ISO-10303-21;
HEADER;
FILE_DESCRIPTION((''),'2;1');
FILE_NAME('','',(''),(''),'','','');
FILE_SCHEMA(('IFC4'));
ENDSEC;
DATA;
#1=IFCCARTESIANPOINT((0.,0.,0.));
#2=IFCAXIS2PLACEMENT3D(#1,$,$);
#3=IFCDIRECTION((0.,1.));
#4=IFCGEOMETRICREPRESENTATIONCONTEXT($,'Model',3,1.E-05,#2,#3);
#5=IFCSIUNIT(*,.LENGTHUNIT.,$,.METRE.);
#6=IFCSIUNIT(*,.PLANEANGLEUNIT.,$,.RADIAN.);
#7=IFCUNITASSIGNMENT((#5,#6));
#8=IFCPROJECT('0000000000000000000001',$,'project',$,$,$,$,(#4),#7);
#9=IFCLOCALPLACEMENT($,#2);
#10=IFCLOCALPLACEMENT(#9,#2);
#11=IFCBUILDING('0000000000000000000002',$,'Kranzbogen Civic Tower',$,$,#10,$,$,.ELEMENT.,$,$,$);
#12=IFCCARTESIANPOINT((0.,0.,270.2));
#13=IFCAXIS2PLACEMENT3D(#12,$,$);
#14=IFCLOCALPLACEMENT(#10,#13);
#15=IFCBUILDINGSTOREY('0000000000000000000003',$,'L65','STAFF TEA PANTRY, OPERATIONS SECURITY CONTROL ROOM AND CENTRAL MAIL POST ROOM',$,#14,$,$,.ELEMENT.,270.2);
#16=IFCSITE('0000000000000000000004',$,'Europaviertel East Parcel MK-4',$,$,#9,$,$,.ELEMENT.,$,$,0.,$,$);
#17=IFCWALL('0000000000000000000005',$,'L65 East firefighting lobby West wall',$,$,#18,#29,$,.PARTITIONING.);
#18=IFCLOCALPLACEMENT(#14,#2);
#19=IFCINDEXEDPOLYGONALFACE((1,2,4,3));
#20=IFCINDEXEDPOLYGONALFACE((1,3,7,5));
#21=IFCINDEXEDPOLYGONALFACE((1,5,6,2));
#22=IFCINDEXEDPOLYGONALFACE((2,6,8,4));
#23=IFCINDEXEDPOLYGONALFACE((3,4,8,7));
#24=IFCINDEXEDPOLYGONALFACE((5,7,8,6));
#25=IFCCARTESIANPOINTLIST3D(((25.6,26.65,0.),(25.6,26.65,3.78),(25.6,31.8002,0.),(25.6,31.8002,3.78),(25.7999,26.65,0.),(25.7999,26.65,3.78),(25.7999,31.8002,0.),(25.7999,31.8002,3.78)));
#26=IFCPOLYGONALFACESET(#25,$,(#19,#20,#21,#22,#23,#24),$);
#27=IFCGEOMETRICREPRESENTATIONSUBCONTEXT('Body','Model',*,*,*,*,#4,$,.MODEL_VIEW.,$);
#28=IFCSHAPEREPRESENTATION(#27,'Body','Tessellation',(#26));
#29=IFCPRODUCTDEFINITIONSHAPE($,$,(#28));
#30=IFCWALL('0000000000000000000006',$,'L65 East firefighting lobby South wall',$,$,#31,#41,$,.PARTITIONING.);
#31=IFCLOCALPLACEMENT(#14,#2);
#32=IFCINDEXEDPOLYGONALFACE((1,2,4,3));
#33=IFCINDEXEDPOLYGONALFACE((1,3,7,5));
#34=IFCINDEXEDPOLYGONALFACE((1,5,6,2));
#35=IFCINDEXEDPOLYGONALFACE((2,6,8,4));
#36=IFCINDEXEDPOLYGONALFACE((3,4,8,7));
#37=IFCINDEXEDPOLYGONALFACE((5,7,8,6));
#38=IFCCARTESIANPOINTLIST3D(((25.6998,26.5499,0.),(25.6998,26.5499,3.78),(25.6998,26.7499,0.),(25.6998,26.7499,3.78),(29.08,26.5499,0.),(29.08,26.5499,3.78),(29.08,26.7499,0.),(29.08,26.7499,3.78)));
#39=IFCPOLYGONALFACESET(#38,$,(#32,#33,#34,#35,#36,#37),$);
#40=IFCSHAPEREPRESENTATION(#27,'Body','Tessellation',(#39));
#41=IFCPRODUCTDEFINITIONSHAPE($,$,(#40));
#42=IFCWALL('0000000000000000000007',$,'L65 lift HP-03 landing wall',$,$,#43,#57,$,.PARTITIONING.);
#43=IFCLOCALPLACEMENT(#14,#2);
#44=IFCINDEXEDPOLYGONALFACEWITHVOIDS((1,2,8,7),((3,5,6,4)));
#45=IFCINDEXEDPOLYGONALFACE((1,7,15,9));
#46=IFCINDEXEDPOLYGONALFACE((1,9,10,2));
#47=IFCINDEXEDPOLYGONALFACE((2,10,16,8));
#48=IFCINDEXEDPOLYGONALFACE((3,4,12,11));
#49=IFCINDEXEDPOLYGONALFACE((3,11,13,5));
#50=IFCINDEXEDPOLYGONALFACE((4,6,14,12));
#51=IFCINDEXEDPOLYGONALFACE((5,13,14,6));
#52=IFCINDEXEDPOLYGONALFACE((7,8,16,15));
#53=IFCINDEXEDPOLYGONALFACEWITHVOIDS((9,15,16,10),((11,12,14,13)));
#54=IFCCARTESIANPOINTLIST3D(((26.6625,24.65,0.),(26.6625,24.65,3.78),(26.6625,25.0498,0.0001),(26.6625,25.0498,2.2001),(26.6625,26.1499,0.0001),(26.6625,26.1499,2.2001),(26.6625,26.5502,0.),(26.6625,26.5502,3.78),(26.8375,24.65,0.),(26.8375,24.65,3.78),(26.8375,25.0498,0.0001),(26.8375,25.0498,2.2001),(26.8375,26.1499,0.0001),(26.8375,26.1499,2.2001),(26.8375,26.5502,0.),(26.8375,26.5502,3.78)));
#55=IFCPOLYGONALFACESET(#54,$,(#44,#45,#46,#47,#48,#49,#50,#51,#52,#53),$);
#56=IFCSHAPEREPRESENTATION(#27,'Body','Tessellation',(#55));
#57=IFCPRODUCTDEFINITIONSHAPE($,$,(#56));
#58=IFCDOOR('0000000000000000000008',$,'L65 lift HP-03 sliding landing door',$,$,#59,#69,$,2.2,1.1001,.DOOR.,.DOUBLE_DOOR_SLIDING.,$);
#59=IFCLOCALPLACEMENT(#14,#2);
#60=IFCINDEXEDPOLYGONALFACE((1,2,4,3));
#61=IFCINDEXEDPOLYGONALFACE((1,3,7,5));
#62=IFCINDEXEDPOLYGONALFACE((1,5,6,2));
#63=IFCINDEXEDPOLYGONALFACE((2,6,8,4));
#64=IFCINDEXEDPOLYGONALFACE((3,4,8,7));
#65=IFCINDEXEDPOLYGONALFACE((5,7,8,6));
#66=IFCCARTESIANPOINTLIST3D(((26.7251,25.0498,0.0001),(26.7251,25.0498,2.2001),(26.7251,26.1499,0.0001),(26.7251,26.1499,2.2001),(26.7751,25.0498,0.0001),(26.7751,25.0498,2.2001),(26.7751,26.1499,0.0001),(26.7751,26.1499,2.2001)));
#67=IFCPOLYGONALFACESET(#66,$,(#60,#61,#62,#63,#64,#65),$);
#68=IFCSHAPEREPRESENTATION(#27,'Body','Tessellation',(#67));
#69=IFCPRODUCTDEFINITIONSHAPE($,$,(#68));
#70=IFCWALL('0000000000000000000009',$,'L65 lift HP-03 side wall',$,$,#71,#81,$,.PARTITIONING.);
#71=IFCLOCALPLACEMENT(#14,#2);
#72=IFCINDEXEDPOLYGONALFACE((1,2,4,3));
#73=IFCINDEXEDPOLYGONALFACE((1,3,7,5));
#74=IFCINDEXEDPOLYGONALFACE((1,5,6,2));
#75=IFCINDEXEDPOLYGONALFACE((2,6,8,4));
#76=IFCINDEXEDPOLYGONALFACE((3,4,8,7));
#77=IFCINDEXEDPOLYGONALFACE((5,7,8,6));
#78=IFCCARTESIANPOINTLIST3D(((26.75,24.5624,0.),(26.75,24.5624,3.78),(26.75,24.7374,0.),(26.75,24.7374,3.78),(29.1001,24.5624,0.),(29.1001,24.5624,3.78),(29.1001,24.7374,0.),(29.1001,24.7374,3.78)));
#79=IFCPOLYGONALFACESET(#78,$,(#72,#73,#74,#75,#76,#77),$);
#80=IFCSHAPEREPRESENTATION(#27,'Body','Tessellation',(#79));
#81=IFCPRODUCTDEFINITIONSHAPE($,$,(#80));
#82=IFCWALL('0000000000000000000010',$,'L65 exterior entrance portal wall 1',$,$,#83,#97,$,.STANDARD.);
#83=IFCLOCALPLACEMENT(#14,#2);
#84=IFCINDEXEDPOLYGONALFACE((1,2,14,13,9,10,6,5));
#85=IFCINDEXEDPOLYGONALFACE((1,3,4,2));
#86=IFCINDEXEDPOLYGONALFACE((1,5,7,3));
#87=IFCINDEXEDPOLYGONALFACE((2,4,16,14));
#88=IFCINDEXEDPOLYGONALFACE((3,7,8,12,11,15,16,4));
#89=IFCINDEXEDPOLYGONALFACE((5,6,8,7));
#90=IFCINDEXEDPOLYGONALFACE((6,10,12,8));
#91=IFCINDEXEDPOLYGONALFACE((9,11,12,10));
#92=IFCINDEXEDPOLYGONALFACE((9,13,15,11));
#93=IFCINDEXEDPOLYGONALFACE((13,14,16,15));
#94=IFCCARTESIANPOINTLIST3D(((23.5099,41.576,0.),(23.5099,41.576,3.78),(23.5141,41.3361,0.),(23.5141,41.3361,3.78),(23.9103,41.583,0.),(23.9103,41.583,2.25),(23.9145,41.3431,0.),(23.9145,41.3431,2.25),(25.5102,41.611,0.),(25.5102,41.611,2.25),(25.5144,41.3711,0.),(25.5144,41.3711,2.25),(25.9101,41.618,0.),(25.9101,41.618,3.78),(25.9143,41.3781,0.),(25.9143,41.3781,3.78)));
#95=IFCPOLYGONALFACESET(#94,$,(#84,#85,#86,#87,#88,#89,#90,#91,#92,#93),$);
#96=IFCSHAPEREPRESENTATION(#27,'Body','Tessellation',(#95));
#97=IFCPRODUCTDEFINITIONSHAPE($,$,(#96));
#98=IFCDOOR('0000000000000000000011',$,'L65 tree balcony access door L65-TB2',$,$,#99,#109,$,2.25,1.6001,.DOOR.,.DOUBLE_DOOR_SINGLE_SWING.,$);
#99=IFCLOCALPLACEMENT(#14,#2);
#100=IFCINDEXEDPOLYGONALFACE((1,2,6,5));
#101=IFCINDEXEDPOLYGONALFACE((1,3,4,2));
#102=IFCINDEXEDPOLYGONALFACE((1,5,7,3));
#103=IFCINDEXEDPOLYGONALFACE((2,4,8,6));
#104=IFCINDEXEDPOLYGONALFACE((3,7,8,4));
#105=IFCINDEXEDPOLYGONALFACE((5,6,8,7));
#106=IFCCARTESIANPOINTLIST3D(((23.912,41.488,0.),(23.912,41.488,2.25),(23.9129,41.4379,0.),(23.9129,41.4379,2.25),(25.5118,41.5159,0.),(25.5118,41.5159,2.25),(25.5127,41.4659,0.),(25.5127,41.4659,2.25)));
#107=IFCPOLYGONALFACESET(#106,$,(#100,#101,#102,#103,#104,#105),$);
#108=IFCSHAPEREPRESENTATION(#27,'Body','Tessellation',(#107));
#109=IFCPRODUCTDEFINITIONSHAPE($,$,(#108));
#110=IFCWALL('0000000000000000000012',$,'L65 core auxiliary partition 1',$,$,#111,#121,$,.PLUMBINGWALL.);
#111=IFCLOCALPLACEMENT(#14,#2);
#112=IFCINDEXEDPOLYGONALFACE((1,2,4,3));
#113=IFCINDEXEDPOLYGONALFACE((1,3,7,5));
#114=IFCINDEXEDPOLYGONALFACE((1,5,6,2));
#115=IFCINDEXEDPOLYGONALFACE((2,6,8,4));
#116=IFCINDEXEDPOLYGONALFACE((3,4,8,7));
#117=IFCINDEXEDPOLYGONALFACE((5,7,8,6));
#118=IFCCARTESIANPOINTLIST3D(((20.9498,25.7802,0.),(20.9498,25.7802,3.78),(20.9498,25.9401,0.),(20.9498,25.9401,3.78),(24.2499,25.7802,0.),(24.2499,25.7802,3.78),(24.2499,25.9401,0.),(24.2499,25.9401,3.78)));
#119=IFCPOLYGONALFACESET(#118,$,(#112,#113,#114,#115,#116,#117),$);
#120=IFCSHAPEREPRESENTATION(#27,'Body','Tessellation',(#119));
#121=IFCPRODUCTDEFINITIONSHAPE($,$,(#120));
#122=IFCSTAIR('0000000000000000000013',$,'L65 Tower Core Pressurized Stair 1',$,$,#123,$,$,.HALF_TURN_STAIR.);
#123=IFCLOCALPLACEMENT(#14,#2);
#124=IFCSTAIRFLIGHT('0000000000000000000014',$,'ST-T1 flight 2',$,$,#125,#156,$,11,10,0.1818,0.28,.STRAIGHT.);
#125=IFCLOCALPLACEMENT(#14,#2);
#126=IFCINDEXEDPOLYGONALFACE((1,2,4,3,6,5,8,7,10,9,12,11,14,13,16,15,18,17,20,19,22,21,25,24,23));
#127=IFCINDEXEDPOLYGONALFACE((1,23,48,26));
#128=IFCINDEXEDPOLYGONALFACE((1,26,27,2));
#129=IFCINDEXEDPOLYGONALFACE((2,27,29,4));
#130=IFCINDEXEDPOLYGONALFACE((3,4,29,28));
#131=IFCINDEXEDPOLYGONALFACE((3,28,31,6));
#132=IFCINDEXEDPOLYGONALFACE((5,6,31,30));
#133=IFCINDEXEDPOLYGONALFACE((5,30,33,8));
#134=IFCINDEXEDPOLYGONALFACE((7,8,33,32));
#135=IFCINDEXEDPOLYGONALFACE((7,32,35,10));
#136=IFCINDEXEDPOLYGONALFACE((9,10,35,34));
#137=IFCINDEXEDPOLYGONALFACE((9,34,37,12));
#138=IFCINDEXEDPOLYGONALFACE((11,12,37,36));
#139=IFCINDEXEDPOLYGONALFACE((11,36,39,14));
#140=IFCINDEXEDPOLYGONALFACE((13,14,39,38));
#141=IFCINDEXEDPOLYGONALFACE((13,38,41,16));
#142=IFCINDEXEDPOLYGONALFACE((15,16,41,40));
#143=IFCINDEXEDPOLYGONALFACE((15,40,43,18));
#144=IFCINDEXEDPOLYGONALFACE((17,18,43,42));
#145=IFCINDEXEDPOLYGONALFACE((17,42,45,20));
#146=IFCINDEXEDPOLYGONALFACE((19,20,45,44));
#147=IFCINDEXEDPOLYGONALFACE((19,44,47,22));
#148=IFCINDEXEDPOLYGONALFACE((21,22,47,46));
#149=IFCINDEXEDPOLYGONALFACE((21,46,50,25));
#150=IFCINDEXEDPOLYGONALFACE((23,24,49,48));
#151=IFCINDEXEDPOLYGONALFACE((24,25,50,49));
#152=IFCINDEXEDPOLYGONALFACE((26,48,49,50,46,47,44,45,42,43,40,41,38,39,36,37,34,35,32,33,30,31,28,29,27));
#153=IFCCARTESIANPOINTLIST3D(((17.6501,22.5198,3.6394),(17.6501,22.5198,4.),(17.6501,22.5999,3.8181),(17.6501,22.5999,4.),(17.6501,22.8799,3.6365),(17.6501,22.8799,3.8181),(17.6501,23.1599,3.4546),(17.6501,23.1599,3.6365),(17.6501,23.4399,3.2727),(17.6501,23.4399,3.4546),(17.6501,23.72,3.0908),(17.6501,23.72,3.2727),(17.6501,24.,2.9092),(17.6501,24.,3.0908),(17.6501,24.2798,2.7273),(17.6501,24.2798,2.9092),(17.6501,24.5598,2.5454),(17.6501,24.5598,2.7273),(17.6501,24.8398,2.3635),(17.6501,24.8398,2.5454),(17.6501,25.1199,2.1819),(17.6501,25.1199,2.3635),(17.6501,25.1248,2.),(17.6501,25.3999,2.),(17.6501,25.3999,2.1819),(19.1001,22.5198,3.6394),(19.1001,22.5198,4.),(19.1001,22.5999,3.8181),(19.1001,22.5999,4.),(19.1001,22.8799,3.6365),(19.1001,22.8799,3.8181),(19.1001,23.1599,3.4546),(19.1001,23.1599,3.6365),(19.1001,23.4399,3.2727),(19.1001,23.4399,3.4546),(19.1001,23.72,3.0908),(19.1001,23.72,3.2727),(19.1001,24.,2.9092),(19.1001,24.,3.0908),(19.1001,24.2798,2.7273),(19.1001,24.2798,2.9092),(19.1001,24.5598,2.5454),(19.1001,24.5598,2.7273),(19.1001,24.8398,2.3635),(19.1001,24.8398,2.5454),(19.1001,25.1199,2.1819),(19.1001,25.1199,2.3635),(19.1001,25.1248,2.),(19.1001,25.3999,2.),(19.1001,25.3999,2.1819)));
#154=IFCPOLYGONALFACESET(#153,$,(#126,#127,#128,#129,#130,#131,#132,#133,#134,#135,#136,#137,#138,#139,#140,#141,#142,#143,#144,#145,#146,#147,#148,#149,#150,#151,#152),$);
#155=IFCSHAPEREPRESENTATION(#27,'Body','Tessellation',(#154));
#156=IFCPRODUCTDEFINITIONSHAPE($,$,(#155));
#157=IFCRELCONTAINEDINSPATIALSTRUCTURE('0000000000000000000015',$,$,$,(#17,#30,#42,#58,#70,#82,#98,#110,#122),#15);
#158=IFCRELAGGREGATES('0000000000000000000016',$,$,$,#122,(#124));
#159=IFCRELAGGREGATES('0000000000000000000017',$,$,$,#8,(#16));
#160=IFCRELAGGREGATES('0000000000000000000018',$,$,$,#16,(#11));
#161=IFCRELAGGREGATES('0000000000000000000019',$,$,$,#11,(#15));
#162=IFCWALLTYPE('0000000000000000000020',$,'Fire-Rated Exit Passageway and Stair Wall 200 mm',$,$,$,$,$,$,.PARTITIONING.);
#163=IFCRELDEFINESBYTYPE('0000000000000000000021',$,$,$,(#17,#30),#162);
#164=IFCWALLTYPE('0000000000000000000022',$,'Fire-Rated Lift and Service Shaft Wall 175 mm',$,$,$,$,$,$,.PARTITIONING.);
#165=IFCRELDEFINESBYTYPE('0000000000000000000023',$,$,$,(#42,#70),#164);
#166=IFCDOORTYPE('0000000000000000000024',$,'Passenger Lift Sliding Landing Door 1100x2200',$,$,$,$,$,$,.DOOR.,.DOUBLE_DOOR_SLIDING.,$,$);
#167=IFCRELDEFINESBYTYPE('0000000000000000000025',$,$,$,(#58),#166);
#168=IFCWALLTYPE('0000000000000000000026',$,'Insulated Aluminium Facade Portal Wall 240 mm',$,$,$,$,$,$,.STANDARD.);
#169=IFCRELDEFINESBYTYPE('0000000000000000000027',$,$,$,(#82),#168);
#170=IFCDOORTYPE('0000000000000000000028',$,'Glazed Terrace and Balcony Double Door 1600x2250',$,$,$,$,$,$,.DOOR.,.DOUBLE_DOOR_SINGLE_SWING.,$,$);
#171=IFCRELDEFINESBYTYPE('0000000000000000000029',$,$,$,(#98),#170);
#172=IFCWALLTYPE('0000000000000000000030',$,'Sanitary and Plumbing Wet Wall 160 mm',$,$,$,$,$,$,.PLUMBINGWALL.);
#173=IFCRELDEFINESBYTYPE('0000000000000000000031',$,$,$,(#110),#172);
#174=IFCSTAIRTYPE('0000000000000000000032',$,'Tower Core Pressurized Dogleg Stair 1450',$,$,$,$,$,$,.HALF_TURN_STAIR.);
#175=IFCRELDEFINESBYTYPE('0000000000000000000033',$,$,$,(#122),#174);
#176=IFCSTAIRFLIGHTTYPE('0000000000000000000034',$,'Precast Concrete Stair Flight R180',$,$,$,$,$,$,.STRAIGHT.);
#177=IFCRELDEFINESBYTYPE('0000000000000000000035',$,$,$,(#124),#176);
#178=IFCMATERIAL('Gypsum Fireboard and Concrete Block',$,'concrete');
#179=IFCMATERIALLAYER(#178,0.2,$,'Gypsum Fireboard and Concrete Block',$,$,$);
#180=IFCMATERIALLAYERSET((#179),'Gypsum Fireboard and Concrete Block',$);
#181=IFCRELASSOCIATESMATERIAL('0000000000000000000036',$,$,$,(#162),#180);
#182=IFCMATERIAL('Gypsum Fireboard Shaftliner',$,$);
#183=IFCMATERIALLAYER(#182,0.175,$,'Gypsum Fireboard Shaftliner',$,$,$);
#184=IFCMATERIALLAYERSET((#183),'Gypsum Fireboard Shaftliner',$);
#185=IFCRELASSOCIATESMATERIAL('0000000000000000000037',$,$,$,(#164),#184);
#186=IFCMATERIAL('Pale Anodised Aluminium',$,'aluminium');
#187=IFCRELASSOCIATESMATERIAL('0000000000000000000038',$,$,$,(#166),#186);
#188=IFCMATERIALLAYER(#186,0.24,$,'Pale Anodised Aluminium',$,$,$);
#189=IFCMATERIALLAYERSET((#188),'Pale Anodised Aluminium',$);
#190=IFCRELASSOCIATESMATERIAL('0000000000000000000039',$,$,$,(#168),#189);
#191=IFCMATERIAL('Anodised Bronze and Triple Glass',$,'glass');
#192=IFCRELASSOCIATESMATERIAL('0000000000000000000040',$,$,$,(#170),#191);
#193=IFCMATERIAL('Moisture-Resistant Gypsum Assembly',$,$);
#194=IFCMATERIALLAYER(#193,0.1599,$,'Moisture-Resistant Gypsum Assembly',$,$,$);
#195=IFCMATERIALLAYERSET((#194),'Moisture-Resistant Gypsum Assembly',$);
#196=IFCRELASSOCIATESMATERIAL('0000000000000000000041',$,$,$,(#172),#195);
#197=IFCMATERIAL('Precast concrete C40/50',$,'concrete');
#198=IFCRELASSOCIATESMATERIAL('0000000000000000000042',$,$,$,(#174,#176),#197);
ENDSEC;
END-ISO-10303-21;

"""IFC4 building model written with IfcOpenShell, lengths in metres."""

from ifc_helpers import new_model, si_unit, direction, frame, frame_2d, origin, place, context, subcontext, project, spatial, polyline, rectangle, outline, extrude, material, layer, layer_set, type_object, element, fill, aggregate, save


model = new_model("IFC4")

# Units and contexts
model_context = context("Model", 3, precision=1e-05, world=origin(), true_north=direction((0.0, 1.0)))
body_context = subcontext(model_context, "Body", "Model", "MODEL_VIEW")
ifc_project = project(units=[si_unit("LENGTHUNIT", "METRE"), si_unit("PLANEANGLEUNIT", "RADIAN")], contexts=[model_context])

# Site, building, storey
site_placement = place(None, origin())
site = spatial("IfcSite", under=ifc_project, at=site_placement, Name="Europaviertel East Parcel MK-4", CompositionType="ELEMENT", RefElevation=0.0)
building_placement = place(site_placement, origin())
building = spatial("IfcBuilding", under=site, at=building_placement, Name="Kranzbogen Civic Tower", CompositionType="ELEMENT")
storey_placement = place(building_placement, frame((0.0, 0.0, 270.2)))
storey = spatial("IfcBuildingStorey", under=building, at=storey_placement, Name="L65", Description="STAFF TEA PANTRY, OPERATIONS SECURITY CONTROL ROOM AND CENTRAL MAIL POST ROOM", CompositionType="ELEMENT", Elevation=270.2)

# Shared definitions
ifc_material_1 = material(Name="Pale Anodised Aluminium", Category="aluminium")

# Walls
ifc_material_2 = material(Name="Gypsum Fireboard and Concrete Block", Category="concrete")
ifc_layer_1 = layer(ifc_material_2, 0.2, Name="Gypsum Fireboard and Concrete Block")
ifc_layer_set_1 = layer_set([ifc_layer_1], Name="Gypsum Fireboard and Concrete Block")
wall_type_1 = type_object("IfcWallType", Name="Fire-Rated Exit Passageway and Stair Wall 200 mm", PredefinedType="PARTITIONING", material=ifc_layer_set_1)
wall_1_placement = place(storey_placement, frame((25.7, 26.6499, 0.0), z_axis=(0.0, 0.0, 1.0), x_axis=(0.0, 1.0, 0.0)))
element("IfcWall", 1, at=wall_1_placement, inside=storey, type_object=wall_type_1, Name="L65 East firefighting lobby West wall", PredefinedType="PARTITIONING", context=body_context, shape_type="SweptSolid", body=[
    extrude(rectangle(XDim=5.1501, YDim=0.2, at=frame_2d((2.5752, 0.0))), origin(), (0.0, 0.0, 1.0), 3.78),
])
wall_2_placement = place(storey_placement, frame((25.7, 26.6499, 0.0), z_axis=(0.0, 0.0, 1.0), x_axis=(1.0, 0.0, 0.0)))
element("IfcWall", 2, at=wall_2_placement, inside=storey, type_object=wall_type_1, Name="L65 East firefighting lobby South wall", PredefinedType="PARTITIONING", context=body_context, shape_type="SweptSolid", body=[
    extrude(rectangle(XDim=3.3801, YDim=0.2, at=frame_2d((1.6899, 0.0))), origin(), (0.0, 0.0, 1.0), 3.78),
])

# Wall, opening, door
ifc_material_3 = material(Name="Gypsum Fireboard Shaftliner")
ifc_layer_2 = layer(ifc_material_3, 0.175, Name="Gypsum Fireboard Shaftliner")
ifc_layer_set_2 = layer_set([ifc_layer_2], Name="Gypsum Fireboard Shaftliner")
wall_type_2 = type_object("IfcWallType", Name="Fire-Rated Lift and Service Shaft Wall 175 mm", PredefinedType="PARTITIONING", material=ifc_layer_set_2)
wall_3_placement = place(storey_placement, frame((26.75, 24.6499, 0.0), z_axis=(0.0, 0.0, 1.0), x_axis=(0.0, 1.0, 0.0)))
wall_3 = element("IfcWall", 3, at=wall_3_placement, inside=storey, type_object=wall_type_2, Name="L65 lift HP-03 landing wall", PredefinedType="PARTITIONING", context=body_context, shape_type="SweptSolid", body=[
    extrude(rectangle(XDim=1.9001, YDim=0.175, at=frame_2d((0.9502, 0.0))), origin(), (0.0, 0.0, 1.0), 3.78),
])
opening_1_placement = place(wall_3_placement, frame((0.3999, 0.0, 0.0)))
opening_1 = element("IfcOpeningElement", 4, at=opening_1_placement, cuts=wall_3, PredefinedType="OPENING", context=body_context, shape_type="SweptSolid", body=[
    extrude(rectangle(XDim=1.1001, YDim=2.2, at=frame_2d((0.55, 1.1001))), frame((0.0, 0.0977, 0.0), z_axis=(0.0, -1.0, 0.0), x_axis=(1.0, 0.0, 0.0)), (0.0, 0.0, 1.0), 0.1951),
])
door_type_1 = type_object("IfcDoorType", Name="Passenger Lift Sliding Landing Door 1100x2200", OperationType="DOUBLE_DOOR_SLIDING", PredefinedType="DOOR", material=ifc_material_1)
door_1_placement = place(opening_1_placement, origin())
door_1 = element("IfcDoor", 5, at=door_1_placement, inside=storey, type_object=door_type_1, Name="L65 lift HP-03 sliding landing door", OperationType="DOUBLE_DOOR_SLIDING", OverallHeight=2.2, OverallWidth=1.1001, PredefinedType="DOOR", context=body_context, shape_type="SweptSolid", body=[
    extrude(rectangle(XDim=1.1001, YDim=2.2, at=frame_2d((0.55, 1.1001))), frame((0.0, 0.0249, 0.0), z_axis=(0.0, -1.0, 0.0), x_axis=(1.0, 0.0, 0.0)), (0.0, 0.0, 1.0), 0.05),
])
fill(opening_1, door_1)

# Wall
wall_4_placement = place(storey_placement, frame((26.75, 24.6499, 0.0), z_axis=(0.0, 0.0, 1.0), x_axis=(1.0, 0.0, 0.0)))
element("IfcWall", 6, at=wall_4_placement, inside=storey, type_object=wall_type_2, Name="L65 lift HP-03 side wall", PredefinedType="PARTITIONING", context=body_context, shape_type="SweptSolid", body=[
    extrude(rectangle(XDim=2.3501, YDim=0.175, at=frame_2d((1.175, 0.0))), origin(), (0.0, 0.0, 1.0), 3.78),
])

# Wall, opening, door
ifc_layer_3 = layer(ifc_material_1, 0.24, Name="Pale Anodised Aluminium")
ifc_layer_set_3 = layer_set([ifc_layer_3], Name="Pale Anodised Aluminium")
wall_type_3 = type_object("IfcWallType", Name="Insulated Aluminium Facade Portal Wall 240 mm", PredefinedType="STANDARD", material=ifc_layer_set_3)
wall_5_placement = place(storey_placement, frame((25.9121, 41.498, 0.0), z_axis=(0.0, 0.0, 1.0), x_axis=(-0.999847, -0.017493, 0.0)))
wall_5 = element("IfcWall", 7, at=wall_5_placement, inside=storey, type_object=wall_type_3, Name="L65 exterior entrance portal wall 1", PredefinedType="STANDARD", context=body_context, shape_type="SweptSolid", body=[
    extrude(rectangle(XDim=2.4006, YDim=0.24, at=frame_2d((1.2002, 0.0))), origin(), (0.0, 0.0, 1.0), 3.78),
])
opening_2_placement = place(wall_5_placement, frame((0.3999, 0.0, 0.0)))
opening_2 = element("IfcOpeningElement", 8, at=opening_2_placement, cuts=wall_5, PredefinedType="OPENING", context=body_context, shape_type="SweptSolid", body=[
    extrude(rectangle(XDim=1.6001, YDim=2.25, at=frame_2d((0.8, 1.125))), frame((0.0, 0.1299, 0.0), z_axis=(0.0, -1.0, 0.0), x_axis=(1.0, 0.0, 0.0)), (0.0, 0.0, 1.0), 0.26),
])
ifc_material_4 = material(Name="Anodised Bronze and Triple Glass", Category="glass")
door_type_2 = type_object("IfcDoorType", Name="Glazed Terrace and Balcony Double Door 1600x2250", OperationType="DOUBLE_DOOR_SINGLE_SWING", PredefinedType="DOOR", material=ifc_material_4)
door_2_placement = place(opening_2_placement, frame((1.6001, 0.0, 0.0), z_axis=(0.0, 0.0, 1.0), x_axis=(-1.0, 0.0, 0.0)))
door_2 = element("IfcDoor", 9, at=door_2_placement, inside=storey, type_object=door_type_2, Name="L65 tree balcony access door L65-TB2", OperationType="DOUBLE_DOOR_SINGLE_SWING", OverallHeight=2.25, OverallWidth=1.6001, PredefinedType="DOOR", context=body_context, shape_type="SweptSolid", body=[
    extrude(rectangle(XDim=1.6001, YDim=2.25, at=frame_2d((0.8, 1.125))), frame((0.0, 0.0249, 0.0), z_axis=(0.0, -1.0, 0.0), x_axis=(1.0, 0.0, 0.0)), (0.0, 0.0, 1.0), 0.05),
])
fill(opening_2, door_2)

# Wall
ifc_material_5 = material(Name="Moisture-Resistant Gypsum Assembly")
ifc_layer_4 = layer(ifc_material_5, 0.1599, Name="Moisture-Resistant Gypsum Assembly")
ifc_layer_set_4 = layer_set([ifc_layer_4], Name="Moisture-Resistant Gypsum Assembly")
wall_type_4 = type_object("IfcWallType", Name="Sanitary and Plumbing Wet Wall 160 mm", PredefinedType="PLUMBINGWALL", material=ifc_layer_set_4)
wall_6_placement = place(storey_placement, frame((20.95, 25.8601, 0.0), z_axis=(0.0, 0.0, 1.0), x_axis=(1.0, 0.0, 0.0)))
element("IfcWall", 10, at=wall_6_placement, inside=storey, type_object=wall_type_4, Name="L65 core auxiliary partition 1", PredefinedType="PLUMBINGWALL", context=body_context, shape_type="SweptSolid", body=[
    extrude(rectangle(XDim=3.3, YDim=0.1599, at=frame_2d((1.6499, 0.0))), origin(), (0.0, 0.0, 1.0), 3.78),
])

# Stair, stair flight
ifc_material_6 = material(Name="Precast concrete C40/50", Category="concrete")
stair_type = type_object("IfcStairType", Name="Tower Core Pressurized Dogleg Stair 1450", PredefinedType="HALF_TURN_STAIR", material=ifc_material_6)
stair_placement = place(storey_placement, origin())
stair = element("IfcStair", 11, at=stair_placement, inside=storey, type_object=stair_type, Name="L65 Tower Core Pressurized Stair 1", PredefinedType="HALF_TURN_STAIR")
stair_flight_type = type_object("IfcStairFlightType", Name="Precast Concrete Stair Flight R180", PredefinedType="STRAIGHT", material=ifc_material_6)
stair_flight_placement = place(storey_placement, frame((18.375, 25.3999, 2.0), z_axis=(0.0, 0.0, 1.0), x_axis=(0.0, -1.0, 0.0)))
stair_flight = element("IfcStairFlight", 12, at=stair_flight_placement, type_object=stair_flight_type, Name="ST-T1 flight 2", NumberOfRisers=11, NumberOfTreads=10, PredefinedType="STRAIGHT", RiserHeight=0.1818, TreadLength=0.28, context=body_context, shape_type="SweptSolid", body=[
    extrude(outline(polyline([(0.0, 0.0), (0.0, 0.1819), (0.28, 0.1819), (0.28, 0.3635), (0.5601, 0.3635), (0.5601, 0.5454), (0.8401, 0.5454), (0.8401, 0.7273), (1.1201, 0.7273), (1.1201, 0.9092), (1.3999, 0.9092), (1.3999, 1.0908), (1.6799, 1.0908), (1.6799, 1.2727), (1.96, 1.2727), (1.96, 1.4546), (2.24, 1.4546), (2.24, 1.6365), (2.52, 1.6365), (2.52, 1.8181), (2.8, 1.8181), (2.8, 2.0), (2.8801, 2.0), (2.8801, 1.6394), (0.2751, 0.0), (0.0, 0.0)])), frame((0.0, 0.7251, 0.0), z_axis=(0.0, -1.0, 0.0), x_axis=(1.0, 0.0, 0.0)), (0.0, 0.0, 1.0), 1.45),
])
aggregate(stair, [stair_flight])

save(model, "model.ifc")
